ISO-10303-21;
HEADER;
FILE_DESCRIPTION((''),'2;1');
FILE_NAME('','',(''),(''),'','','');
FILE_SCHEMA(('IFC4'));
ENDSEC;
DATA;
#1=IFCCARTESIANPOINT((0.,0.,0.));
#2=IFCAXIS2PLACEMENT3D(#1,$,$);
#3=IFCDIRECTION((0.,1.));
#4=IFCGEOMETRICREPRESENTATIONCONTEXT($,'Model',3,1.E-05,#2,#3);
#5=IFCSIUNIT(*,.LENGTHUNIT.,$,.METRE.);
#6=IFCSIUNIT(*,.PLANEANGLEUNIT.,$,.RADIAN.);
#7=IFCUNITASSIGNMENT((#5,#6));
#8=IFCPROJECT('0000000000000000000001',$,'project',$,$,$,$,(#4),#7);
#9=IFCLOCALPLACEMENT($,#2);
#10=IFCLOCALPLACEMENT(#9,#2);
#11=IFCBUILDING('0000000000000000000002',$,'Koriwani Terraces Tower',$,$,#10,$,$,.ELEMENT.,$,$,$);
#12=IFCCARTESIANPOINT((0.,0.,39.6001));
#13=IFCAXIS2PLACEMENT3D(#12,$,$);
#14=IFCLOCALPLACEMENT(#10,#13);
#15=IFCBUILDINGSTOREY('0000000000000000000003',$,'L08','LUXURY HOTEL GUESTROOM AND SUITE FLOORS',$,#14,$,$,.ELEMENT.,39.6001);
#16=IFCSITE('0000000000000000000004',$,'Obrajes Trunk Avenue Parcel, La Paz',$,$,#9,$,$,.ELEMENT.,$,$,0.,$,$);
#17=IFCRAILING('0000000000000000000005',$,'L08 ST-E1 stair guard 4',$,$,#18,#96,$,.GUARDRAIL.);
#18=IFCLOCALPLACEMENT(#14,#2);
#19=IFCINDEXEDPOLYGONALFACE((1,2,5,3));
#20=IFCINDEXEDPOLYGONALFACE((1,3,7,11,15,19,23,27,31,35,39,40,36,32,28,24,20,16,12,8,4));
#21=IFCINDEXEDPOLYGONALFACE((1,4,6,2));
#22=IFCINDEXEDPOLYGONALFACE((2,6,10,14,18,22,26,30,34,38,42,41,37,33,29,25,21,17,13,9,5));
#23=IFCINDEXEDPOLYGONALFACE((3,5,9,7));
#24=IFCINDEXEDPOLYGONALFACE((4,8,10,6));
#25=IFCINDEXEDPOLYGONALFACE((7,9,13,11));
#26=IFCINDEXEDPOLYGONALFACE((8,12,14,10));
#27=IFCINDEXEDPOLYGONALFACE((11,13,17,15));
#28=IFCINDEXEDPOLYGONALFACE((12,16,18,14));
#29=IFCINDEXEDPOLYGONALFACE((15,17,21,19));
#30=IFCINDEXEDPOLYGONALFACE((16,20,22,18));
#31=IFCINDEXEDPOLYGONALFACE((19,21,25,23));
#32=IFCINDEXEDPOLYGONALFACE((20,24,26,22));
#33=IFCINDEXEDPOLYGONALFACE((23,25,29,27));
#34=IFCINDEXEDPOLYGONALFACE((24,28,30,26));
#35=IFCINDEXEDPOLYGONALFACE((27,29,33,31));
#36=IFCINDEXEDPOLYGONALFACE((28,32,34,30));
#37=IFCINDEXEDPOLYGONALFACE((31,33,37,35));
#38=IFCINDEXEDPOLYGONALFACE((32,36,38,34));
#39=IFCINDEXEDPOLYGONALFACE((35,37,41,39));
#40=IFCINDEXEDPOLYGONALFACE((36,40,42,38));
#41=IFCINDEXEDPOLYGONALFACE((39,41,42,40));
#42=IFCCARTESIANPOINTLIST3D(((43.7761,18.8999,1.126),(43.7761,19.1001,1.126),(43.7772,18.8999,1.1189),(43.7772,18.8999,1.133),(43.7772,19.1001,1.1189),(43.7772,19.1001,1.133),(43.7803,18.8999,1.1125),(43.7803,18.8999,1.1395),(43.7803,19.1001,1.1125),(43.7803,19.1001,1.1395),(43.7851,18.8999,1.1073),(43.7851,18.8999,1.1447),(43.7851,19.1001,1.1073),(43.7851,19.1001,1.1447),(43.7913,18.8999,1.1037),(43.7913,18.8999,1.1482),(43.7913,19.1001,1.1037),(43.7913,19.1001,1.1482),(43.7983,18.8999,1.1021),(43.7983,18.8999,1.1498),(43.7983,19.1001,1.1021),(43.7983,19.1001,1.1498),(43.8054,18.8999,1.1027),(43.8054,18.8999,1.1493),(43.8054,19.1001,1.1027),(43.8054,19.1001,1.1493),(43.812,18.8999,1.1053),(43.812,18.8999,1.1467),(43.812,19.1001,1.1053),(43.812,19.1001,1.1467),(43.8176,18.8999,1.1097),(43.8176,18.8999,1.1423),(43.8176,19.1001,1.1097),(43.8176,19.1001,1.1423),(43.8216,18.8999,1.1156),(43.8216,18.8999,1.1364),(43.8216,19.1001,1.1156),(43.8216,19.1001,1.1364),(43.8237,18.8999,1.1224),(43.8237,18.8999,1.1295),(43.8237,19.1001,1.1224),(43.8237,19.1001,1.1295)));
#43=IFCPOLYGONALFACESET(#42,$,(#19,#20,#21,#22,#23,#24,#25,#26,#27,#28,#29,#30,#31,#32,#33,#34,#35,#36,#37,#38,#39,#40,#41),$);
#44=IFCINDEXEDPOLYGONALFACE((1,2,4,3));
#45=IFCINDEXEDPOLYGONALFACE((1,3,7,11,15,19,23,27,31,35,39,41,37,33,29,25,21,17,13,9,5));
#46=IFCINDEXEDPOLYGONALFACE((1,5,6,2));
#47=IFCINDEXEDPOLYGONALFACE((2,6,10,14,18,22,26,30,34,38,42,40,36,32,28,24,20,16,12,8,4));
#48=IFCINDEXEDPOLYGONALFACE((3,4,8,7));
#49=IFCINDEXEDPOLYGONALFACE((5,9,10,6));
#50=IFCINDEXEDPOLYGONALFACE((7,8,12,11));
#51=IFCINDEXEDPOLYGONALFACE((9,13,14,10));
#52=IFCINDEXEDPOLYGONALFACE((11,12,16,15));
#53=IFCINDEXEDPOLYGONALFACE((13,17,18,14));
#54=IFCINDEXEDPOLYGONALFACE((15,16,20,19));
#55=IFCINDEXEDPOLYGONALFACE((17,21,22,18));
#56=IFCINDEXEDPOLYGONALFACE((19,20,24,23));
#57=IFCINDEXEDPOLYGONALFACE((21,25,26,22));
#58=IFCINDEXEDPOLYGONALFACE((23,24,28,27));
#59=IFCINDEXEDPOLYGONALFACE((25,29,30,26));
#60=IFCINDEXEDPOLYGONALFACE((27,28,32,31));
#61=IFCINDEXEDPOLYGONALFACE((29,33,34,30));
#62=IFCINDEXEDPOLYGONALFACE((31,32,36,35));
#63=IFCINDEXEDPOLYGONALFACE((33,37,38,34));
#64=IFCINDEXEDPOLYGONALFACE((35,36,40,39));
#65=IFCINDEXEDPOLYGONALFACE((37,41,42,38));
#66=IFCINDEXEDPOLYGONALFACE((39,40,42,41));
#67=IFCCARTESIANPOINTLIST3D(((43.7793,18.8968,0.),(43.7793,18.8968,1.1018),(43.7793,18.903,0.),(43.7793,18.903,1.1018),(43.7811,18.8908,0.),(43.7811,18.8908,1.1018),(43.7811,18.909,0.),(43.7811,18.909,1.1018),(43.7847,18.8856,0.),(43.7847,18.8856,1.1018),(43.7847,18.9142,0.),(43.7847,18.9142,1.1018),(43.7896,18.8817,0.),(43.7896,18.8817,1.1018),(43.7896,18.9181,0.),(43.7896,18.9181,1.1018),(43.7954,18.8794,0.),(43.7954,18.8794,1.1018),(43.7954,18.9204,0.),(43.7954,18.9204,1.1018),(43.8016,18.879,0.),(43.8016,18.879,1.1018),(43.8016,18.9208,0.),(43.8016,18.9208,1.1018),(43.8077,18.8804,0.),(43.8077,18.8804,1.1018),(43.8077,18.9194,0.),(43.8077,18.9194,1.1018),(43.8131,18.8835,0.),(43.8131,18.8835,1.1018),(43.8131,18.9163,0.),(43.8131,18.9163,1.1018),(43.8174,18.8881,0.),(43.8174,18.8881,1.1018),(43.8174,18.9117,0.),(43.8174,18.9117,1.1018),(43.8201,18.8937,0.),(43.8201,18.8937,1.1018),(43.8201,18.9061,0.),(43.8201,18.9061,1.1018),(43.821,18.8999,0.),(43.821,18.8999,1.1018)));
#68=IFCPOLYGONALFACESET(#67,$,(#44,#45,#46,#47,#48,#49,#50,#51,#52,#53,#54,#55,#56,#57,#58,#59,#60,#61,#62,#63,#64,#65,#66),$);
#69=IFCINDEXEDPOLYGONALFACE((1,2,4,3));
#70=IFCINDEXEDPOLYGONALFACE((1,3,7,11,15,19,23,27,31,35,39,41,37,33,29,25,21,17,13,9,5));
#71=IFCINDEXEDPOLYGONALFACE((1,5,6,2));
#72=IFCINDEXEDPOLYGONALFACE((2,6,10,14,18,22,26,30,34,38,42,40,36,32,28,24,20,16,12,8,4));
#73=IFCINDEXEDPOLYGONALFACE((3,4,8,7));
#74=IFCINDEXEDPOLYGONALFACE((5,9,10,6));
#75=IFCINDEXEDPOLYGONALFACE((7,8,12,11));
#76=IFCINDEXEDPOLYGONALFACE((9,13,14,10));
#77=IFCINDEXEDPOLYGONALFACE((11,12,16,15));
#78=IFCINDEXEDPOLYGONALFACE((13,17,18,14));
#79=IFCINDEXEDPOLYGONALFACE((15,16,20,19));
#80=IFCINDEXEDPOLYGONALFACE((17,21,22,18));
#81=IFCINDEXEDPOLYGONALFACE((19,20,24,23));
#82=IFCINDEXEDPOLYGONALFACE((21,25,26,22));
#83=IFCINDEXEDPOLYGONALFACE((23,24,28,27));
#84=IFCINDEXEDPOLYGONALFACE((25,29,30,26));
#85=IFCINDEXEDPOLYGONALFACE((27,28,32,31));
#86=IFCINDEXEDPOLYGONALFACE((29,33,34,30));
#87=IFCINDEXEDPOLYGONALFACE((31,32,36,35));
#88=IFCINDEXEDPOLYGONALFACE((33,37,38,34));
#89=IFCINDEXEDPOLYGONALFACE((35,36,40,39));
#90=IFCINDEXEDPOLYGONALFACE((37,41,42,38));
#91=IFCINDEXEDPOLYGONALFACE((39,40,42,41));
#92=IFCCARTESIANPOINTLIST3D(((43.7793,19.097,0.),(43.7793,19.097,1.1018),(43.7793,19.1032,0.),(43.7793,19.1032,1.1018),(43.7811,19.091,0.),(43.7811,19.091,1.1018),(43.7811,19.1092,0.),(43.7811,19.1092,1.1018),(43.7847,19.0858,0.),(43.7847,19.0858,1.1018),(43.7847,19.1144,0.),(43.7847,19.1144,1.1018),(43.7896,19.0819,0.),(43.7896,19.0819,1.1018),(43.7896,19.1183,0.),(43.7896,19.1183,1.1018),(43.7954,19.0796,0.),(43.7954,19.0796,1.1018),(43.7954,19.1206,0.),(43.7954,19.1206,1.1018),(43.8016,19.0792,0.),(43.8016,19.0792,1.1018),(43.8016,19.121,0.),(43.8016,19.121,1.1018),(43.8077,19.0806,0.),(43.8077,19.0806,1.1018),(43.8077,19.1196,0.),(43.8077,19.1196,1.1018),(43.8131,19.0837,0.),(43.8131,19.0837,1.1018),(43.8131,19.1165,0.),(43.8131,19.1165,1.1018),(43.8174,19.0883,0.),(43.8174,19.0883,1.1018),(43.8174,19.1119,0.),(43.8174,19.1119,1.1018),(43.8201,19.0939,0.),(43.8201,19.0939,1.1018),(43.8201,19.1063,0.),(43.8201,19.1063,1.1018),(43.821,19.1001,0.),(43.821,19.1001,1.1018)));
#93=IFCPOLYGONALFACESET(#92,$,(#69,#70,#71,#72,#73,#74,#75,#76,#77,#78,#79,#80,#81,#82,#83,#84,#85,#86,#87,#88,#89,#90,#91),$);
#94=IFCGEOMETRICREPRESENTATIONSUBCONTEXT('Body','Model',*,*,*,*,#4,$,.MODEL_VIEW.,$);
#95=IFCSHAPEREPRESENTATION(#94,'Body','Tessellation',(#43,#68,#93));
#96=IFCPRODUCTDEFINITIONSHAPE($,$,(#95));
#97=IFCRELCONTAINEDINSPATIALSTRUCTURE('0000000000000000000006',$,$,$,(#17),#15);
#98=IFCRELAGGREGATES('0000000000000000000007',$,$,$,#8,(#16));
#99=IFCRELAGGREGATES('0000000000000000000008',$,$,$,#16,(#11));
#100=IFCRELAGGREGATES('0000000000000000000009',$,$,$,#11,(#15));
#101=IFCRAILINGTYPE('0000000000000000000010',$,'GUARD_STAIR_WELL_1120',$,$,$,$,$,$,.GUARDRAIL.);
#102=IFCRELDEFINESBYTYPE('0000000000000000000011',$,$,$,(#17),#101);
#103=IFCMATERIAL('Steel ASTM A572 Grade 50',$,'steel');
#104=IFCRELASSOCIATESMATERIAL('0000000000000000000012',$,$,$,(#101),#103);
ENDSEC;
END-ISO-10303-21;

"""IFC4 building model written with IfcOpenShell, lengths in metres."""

from ifc_helpers import new_model, si_unit, direction, frame, origin, origin_2d, place, context, subcontext, project, spatial, circle, extrude, material, type_object, element, save


model = new_model("IFC4")

# Units and contexts
model_context = context("Model", 3, precision=1e-05, world=origin(), true_north=direction((0.0, 1.0)))
body_context = subcontext(model_context, "Body", "Model", "MODEL_VIEW")
ifc_project = project(units=[si_unit("LENGTHUNIT", "METRE"), si_unit("PLANEANGLEUNIT", "RADIAN")], contexts=[model_context])

# Site, building, storey
site_placement = place(None, origin())
site = spatial("IfcSite", under=ifc_project, at=site_placement, Name="Obrajes Trunk Avenue Parcel, La Paz", CompositionType="ELEMENT", RefElevation=0.0)
building_placement = place(site_placement, origin())
building = spatial("IfcBuilding", under=site, at=building_placement, Name="Koriwani Terraces Tower", CompositionType="ELEMENT")
storey_placement = place(building_placement, frame((0.0, 0.0, 39.6001)))
storey = spatial("IfcBuildingStorey", under=building, at=storey_placement, Name="L08", Description="LUXURY HOTEL GUESTROOM AND SUITE FLOORS", CompositionType="ELEMENT", Elevation=39.6001)

# Shared definitions
ifc_material_1 = material(Name="Steel ASTM A572 Grade 50", Category="steel")

# Railing
railing_type_1 = type_object("IfcRailingType", Name="GUARD_STAIR_WELL_1120", PredefinedType="GUARDRAIL", material=ifc_material_1)
railing_1_placement = place(storey_placement, frame((43.8, 18.8999, 0.0)))
element("IfcRailing", 1, at=railing_1_placement, inside=storey, type_object=railing_type_1, Name="L08 ST-E1 stair guard 4", PredefinedType="GUARDRAIL", context=body_context, shape_type="SweptSolid", body=[
    extrude(circle(Radius=0.0239, at=origin_2d()), frame((0.0, 0.0, 1.126), z_axis=(0.0, 1.0, 0.0), x_axis=(-1.0, 0.0, 0.0)), (0.0, 0.0, 1.0), 0.2002),
    extrude(circle(Radius=0.021, at=origin_2d()), origin(), (0.0, 0.0, 1.0), 1.1018),
    extrude(circle(Radius=0.021, at=origin_2d()), frame((0.0, 0.2002, 0.0)), (0.0, 0.0, 1.0), 1.1018),
])

save(model, "model.ifc")
